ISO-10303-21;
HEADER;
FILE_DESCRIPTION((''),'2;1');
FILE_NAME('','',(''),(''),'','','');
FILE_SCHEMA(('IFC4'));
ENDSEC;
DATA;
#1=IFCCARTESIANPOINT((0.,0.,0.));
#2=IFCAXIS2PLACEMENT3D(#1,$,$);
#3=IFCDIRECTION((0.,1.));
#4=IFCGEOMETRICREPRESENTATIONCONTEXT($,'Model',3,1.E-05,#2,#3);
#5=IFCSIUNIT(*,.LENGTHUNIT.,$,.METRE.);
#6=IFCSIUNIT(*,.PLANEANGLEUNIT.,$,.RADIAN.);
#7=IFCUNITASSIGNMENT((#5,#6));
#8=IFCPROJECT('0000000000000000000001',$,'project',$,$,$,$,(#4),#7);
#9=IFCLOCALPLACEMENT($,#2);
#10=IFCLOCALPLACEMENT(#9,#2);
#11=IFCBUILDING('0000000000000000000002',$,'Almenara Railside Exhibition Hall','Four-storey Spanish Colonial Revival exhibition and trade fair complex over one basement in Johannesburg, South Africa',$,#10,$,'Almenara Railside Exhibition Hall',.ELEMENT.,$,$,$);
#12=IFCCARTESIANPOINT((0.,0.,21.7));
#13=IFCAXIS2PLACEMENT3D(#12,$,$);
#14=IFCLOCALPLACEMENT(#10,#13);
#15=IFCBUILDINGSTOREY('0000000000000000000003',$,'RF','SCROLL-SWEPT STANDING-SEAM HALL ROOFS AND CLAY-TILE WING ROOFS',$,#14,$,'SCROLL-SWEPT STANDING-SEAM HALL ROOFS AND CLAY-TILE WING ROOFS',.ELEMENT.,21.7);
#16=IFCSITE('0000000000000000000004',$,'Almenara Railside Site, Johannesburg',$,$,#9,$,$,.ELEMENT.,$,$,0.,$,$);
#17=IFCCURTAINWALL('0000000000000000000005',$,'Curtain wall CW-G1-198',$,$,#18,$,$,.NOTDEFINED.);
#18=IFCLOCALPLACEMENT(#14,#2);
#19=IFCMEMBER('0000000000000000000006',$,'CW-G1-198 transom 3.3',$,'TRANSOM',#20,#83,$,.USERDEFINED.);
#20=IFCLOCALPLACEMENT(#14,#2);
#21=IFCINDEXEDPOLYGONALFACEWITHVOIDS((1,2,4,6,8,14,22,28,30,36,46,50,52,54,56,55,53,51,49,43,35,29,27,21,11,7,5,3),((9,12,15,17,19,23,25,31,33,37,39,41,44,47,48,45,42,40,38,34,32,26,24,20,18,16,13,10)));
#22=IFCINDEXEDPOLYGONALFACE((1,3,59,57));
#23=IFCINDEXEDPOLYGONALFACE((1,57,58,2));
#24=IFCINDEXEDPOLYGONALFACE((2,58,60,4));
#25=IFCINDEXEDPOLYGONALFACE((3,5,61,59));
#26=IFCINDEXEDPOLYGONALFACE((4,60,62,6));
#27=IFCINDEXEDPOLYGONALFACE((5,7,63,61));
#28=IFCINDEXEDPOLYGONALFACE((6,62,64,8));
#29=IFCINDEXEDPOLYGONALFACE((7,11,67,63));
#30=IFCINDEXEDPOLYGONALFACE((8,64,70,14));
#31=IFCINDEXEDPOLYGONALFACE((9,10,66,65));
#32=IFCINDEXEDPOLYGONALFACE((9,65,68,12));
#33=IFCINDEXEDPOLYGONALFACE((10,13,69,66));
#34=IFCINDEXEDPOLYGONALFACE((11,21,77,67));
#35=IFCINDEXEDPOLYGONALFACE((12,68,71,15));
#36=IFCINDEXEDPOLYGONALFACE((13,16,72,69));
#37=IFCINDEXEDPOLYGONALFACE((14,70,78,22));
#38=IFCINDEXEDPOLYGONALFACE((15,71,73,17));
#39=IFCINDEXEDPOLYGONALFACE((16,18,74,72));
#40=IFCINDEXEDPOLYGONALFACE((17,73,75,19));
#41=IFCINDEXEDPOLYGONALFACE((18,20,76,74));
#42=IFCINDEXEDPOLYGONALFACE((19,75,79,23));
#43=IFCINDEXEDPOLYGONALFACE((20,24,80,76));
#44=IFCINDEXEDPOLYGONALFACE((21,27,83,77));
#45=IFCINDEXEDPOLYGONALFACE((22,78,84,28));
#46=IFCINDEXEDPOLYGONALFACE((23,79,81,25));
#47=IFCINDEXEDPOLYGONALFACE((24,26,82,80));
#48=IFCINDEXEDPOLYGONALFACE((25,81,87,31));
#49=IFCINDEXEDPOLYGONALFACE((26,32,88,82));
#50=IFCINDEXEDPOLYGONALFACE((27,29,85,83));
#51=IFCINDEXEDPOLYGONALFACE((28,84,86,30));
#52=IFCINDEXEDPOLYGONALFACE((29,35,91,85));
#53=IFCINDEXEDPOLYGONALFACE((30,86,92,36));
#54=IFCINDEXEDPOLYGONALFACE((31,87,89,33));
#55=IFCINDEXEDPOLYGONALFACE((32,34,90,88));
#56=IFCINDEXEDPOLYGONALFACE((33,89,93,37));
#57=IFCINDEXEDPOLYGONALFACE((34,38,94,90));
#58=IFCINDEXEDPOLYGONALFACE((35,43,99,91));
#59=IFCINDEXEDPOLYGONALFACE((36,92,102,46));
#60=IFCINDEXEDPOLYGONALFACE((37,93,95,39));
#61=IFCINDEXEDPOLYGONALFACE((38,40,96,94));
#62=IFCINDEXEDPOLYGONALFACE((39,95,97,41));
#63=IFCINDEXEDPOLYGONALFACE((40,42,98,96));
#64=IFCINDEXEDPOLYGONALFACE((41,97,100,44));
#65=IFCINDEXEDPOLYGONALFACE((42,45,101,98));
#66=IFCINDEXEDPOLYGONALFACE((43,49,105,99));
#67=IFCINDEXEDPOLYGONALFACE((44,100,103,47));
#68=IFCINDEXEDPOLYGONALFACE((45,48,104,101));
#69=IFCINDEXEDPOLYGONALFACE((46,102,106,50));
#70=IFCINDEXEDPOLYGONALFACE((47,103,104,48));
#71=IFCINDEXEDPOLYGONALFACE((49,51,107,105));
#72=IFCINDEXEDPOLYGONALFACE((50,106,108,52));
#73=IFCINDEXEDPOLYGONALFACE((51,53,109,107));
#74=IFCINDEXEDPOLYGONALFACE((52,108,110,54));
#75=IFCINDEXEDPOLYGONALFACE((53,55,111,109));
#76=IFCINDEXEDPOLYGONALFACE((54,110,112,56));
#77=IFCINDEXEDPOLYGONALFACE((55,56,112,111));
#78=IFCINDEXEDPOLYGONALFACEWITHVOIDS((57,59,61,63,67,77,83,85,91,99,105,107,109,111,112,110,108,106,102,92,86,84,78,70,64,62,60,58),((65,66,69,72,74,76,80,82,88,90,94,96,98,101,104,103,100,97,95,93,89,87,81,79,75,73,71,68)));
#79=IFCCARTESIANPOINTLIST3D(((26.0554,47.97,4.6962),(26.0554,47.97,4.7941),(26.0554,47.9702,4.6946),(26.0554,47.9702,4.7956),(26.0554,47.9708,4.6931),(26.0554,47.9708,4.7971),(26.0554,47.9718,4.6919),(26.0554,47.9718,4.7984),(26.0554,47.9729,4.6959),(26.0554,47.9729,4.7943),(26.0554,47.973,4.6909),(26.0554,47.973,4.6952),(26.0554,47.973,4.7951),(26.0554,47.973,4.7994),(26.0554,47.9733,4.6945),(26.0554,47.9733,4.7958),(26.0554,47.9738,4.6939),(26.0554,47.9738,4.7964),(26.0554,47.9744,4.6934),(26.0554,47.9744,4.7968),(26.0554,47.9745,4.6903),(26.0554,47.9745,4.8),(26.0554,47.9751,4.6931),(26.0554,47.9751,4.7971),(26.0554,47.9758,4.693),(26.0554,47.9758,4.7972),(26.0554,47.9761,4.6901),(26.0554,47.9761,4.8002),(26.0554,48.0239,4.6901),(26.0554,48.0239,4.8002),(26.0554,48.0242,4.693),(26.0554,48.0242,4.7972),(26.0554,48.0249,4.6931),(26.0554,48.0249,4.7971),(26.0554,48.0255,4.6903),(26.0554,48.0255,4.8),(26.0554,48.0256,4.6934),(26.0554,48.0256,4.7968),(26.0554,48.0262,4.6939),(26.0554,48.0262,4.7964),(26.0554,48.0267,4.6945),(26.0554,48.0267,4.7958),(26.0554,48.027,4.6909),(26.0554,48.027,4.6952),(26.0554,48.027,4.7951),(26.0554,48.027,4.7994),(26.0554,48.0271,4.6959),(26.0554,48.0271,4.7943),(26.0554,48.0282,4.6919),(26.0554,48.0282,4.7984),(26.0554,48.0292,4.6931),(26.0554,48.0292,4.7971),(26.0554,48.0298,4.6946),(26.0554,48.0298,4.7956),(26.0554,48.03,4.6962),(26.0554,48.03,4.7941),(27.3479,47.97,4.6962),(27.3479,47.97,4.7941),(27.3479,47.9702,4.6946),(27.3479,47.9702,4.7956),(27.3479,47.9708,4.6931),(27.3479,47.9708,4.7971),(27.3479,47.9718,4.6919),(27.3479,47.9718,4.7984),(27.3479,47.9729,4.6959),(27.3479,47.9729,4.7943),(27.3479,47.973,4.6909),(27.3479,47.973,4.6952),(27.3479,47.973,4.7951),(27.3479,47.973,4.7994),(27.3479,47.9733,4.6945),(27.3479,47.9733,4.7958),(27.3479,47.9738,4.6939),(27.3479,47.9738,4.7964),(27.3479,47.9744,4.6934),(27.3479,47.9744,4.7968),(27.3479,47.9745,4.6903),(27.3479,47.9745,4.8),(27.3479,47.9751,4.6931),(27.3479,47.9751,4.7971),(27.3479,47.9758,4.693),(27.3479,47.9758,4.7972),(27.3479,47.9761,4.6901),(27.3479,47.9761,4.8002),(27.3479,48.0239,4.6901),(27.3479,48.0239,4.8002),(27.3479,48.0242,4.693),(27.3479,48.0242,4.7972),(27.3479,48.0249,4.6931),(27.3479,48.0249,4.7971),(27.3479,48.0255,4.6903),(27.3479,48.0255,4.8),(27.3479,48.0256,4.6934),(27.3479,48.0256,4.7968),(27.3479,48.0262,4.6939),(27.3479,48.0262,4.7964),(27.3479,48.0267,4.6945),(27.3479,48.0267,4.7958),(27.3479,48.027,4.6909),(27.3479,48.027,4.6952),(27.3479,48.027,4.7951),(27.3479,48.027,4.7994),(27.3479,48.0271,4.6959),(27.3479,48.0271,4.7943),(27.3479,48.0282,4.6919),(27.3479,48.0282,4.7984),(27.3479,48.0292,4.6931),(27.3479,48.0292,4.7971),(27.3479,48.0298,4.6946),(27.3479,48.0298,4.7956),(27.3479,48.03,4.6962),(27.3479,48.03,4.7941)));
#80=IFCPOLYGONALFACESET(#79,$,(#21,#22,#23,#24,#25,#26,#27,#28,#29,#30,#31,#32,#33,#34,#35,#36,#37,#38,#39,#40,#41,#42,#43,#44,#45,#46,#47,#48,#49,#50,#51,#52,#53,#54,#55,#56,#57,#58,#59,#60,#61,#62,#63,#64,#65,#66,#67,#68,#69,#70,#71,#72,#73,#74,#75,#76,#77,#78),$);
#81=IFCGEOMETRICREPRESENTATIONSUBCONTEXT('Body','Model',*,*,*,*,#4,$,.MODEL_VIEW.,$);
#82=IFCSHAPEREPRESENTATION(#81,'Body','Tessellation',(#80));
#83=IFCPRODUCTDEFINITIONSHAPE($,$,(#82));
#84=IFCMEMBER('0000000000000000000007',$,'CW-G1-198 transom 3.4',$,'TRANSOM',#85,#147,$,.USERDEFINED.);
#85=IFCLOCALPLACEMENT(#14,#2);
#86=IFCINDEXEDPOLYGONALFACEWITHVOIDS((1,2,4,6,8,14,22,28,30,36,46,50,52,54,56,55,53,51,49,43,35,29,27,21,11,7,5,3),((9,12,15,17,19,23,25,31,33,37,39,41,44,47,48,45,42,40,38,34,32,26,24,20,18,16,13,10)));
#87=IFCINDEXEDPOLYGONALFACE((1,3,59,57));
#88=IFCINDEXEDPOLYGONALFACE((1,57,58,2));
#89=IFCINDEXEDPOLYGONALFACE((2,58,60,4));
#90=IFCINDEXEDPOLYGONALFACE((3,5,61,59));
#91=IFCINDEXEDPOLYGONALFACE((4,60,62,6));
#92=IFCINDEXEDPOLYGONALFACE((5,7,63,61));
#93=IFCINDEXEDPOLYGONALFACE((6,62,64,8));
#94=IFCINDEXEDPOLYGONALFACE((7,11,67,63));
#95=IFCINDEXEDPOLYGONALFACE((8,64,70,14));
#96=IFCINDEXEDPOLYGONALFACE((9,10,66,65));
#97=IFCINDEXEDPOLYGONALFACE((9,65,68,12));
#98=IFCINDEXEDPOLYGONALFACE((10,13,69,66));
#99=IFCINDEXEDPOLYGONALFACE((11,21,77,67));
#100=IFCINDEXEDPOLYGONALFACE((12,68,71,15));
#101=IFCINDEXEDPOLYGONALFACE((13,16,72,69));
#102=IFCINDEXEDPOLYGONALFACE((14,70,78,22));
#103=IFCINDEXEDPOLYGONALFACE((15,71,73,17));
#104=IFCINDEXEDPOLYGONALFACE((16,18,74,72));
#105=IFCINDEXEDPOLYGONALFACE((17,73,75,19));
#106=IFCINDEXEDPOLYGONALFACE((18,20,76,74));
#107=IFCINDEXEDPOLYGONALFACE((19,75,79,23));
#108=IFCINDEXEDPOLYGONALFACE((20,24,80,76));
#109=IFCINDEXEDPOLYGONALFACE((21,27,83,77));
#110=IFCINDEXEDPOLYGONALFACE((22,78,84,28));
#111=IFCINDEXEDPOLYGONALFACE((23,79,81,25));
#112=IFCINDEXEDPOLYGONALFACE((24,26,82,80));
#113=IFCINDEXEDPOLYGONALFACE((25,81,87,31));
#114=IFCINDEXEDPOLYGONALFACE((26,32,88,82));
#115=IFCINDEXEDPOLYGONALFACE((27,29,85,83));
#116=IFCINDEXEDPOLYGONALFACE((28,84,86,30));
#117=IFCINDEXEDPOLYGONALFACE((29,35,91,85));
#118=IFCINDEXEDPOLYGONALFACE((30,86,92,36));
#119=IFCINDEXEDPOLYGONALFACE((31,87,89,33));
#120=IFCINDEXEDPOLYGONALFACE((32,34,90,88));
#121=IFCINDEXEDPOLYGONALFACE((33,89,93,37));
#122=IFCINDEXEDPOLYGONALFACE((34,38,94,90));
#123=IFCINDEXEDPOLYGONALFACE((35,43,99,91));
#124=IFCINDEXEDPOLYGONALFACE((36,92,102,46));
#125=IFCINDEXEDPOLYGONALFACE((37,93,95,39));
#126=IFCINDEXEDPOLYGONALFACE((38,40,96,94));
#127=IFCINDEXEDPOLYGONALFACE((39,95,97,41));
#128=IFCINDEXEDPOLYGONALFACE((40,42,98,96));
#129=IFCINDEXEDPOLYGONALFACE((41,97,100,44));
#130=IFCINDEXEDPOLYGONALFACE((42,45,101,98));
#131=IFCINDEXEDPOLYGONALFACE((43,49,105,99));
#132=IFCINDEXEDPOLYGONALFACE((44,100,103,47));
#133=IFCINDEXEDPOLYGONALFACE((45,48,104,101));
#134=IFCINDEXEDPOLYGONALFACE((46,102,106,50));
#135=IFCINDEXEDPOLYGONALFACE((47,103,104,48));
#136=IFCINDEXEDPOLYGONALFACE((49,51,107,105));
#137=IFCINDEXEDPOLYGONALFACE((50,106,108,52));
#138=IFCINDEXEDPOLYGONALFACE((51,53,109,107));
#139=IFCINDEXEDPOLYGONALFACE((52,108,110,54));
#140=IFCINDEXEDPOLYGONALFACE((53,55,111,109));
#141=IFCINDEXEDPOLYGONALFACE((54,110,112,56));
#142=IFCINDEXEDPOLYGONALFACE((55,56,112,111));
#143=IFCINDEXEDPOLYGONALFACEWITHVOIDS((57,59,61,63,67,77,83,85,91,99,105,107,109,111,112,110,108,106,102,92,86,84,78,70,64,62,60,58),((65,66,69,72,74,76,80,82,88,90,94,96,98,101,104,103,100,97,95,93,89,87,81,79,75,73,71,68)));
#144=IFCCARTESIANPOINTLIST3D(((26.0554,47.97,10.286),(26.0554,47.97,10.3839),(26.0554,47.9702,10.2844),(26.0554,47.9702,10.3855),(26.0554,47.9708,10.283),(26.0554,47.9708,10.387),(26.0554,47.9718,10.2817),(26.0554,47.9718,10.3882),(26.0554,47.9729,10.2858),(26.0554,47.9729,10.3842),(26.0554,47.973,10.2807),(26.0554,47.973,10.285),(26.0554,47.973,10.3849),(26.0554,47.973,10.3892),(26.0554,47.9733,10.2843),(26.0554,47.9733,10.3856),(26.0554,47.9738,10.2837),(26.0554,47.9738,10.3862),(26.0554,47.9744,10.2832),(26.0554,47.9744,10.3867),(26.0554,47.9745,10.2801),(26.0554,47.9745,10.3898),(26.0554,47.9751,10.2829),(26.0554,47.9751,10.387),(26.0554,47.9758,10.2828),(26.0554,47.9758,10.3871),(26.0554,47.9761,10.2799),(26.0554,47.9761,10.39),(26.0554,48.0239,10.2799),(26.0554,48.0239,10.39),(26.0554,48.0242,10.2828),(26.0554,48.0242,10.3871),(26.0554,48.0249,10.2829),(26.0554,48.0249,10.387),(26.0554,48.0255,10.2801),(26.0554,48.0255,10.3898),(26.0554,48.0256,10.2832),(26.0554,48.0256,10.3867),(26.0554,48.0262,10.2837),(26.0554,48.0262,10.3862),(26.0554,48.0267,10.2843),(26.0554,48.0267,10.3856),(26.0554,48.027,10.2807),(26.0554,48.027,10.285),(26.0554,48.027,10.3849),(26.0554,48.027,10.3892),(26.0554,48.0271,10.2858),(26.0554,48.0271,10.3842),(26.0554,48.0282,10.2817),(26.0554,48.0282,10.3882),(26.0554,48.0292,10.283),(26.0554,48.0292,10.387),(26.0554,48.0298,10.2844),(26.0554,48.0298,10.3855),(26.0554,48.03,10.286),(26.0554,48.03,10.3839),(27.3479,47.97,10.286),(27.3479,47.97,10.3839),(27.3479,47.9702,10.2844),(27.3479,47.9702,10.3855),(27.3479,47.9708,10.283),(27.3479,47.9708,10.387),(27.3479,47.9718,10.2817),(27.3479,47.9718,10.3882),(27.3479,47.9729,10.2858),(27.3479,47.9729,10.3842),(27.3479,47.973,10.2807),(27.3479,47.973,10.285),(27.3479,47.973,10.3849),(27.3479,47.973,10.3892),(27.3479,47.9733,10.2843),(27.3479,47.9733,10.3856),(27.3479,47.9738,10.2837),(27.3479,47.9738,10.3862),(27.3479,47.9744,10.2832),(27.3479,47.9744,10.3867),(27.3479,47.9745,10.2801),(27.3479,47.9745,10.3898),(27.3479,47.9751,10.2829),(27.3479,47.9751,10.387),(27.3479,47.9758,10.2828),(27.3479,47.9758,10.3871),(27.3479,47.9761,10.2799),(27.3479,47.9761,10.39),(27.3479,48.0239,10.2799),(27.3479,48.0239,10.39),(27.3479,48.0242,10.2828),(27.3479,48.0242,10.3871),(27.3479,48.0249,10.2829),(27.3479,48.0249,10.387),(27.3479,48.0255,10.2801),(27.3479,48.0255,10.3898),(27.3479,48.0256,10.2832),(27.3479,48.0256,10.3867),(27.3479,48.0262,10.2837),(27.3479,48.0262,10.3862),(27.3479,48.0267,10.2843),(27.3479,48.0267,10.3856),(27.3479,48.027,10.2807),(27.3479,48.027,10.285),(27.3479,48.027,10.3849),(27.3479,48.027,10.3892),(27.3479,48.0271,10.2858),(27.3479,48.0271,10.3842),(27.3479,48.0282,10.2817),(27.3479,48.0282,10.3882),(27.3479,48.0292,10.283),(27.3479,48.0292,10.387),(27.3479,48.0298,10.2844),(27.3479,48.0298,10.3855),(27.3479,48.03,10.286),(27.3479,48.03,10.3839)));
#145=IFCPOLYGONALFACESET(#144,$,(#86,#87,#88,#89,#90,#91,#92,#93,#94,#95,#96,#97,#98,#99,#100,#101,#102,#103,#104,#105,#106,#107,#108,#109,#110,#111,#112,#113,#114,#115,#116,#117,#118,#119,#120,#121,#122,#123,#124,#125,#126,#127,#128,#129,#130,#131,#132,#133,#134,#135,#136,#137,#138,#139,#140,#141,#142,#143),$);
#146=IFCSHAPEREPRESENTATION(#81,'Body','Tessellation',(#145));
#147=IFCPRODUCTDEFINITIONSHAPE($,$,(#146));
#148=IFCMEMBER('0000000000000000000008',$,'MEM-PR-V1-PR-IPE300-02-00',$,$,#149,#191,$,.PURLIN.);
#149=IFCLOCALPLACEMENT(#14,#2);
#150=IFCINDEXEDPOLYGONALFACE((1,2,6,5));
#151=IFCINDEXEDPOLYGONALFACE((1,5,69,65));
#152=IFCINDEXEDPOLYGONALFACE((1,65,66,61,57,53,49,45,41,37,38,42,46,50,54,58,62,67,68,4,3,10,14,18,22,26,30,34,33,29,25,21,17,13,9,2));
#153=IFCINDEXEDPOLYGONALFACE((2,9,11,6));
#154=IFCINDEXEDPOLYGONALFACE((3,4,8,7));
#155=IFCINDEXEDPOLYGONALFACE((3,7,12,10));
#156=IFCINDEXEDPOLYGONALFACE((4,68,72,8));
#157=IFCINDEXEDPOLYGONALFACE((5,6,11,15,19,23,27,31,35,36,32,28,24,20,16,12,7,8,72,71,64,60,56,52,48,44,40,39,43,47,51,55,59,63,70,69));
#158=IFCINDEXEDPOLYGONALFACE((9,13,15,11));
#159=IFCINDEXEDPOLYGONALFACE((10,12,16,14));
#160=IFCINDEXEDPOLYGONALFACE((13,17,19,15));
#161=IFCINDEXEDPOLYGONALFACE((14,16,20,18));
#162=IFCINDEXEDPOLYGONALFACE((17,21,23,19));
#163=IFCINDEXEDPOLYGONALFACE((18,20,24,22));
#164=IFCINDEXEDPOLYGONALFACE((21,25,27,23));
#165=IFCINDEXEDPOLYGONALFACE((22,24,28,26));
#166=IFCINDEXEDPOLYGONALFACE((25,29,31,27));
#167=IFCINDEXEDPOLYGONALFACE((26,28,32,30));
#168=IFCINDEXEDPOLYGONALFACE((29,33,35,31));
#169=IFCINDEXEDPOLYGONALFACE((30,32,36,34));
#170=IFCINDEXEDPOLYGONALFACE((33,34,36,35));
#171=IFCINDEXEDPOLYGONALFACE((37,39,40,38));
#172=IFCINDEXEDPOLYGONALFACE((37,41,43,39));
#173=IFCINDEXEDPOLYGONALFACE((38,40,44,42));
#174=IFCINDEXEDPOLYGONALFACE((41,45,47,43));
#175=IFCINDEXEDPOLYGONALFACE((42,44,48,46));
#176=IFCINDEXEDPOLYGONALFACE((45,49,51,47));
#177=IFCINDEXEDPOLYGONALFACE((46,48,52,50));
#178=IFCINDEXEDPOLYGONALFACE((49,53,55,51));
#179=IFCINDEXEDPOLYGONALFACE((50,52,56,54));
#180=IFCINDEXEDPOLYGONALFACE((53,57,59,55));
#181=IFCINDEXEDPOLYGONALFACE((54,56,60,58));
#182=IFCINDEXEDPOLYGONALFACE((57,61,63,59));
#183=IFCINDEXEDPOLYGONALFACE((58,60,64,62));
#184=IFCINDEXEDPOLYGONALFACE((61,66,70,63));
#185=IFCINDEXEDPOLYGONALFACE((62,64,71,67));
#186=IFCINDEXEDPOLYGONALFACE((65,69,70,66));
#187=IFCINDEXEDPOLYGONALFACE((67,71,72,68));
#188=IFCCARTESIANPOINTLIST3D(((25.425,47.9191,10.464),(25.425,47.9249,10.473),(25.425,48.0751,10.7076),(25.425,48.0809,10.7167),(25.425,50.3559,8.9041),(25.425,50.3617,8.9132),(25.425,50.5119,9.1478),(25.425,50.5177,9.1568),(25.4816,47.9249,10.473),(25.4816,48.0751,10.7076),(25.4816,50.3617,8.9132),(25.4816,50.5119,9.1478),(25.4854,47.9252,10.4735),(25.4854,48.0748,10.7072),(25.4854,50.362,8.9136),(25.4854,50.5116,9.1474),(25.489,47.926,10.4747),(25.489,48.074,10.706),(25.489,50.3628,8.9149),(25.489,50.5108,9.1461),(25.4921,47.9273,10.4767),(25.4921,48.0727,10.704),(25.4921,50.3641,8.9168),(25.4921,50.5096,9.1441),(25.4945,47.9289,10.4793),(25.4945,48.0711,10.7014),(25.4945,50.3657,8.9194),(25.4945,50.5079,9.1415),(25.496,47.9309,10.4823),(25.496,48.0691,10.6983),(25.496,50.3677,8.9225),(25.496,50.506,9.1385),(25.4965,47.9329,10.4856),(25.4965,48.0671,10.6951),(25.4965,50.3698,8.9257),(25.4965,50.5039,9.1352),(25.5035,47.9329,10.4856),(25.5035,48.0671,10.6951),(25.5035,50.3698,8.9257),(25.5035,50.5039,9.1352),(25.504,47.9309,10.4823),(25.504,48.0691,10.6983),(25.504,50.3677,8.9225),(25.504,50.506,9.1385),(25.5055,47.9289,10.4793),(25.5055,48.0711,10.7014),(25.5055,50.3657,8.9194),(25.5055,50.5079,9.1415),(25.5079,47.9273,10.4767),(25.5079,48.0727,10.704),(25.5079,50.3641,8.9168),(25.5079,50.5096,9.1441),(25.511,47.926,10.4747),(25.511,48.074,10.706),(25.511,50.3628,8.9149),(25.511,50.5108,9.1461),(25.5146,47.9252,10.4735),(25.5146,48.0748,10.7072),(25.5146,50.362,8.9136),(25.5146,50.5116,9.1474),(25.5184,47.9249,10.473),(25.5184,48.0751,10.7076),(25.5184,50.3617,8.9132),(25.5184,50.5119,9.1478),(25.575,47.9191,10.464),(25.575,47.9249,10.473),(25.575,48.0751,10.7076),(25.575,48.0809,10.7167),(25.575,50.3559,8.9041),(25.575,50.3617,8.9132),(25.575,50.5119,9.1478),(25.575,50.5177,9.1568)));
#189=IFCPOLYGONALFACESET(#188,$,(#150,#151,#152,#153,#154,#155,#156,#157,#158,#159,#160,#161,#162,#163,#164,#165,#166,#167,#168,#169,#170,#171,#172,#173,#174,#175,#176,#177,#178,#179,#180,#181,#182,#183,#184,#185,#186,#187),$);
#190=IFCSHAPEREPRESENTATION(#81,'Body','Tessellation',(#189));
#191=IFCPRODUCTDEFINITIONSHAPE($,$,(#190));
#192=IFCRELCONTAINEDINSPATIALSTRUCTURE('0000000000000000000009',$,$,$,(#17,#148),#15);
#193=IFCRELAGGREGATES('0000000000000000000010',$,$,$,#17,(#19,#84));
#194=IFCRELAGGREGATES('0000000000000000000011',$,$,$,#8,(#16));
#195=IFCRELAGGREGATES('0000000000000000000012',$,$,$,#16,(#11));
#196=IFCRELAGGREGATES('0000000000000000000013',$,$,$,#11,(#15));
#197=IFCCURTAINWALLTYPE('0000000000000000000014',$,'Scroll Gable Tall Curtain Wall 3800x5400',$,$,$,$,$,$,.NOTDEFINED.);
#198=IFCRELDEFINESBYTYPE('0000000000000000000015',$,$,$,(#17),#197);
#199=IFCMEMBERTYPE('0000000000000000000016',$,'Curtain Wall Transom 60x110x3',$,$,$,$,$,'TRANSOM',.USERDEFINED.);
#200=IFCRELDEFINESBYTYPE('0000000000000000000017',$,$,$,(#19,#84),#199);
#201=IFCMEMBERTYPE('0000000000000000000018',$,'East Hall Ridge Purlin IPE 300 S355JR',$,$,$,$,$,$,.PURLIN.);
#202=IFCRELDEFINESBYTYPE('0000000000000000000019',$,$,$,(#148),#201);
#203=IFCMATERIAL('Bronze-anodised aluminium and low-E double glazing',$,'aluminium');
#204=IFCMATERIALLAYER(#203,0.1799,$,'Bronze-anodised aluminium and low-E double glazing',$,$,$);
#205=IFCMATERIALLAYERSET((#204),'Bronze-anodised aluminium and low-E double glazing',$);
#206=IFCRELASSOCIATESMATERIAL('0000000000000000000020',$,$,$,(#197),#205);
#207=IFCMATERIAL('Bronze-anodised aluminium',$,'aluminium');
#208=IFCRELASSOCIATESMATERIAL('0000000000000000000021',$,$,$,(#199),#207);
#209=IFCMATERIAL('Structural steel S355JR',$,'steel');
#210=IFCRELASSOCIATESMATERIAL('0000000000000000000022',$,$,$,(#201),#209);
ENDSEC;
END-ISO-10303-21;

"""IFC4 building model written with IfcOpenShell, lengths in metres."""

from ifc_helpers import new_model, si_unit, direction, frame, origin, origin_2d, place, context, subcontext, project, spatial, hollow_rectangle, i_section, extrude, material, layer, layer_set, material_profile, profile_set, type_object, element, aggregate, save


model = new_model("IFC4")

# Units and contexts
model_context = context("Model", 3, precision=1e-05, world=origin(), true_north=direction((0.0, 1.0)))
body_context = subcontext(model_context, "Body", "Model", "MODEL_VIEW")
ifc_project = project(units=[si_unit("LENGTHUNIT", "METRE"), si_unit("PLANEANGLEUNIT", "RADIAN")], contexts=[model_context])

# Site, building, storey
site_placement = place(None, origin())
site = spatial("IfcSite", under=ifc_project, at=site_placement, Name="Almenara Railside Site, Johannesburg", CompositionType="ELEMENT", RefElevation=0.0)
building_placement = place(site_placement, origin())
building = spatial("IfcBuilding", under=site, at=building_placement, Name="Almenara Railside Exhibition Hall", Description="Four-storey Spanish Colonial Revival exhibition and trade fair complex over one basement in Johannesburg, South Africa", LongName="Almenara Railside Exhibition Hall", CompositionType="ELEMENT")
storey_placement = place(building_placement, frame((0.0, 0.0, 21.7)))
storey = spatial("IfcBuildingStorey", under=building, at=storey_placement, Name="RF", Description="SCROLL-SWEPT STANDING-SEAM HALL ROOFS AND CLAY-TILE WING ROOFS", LongName="SCROLL-SWEPT STANDING-SEAM HALL ROOFS AND CLAY-TILE WING ROOFS", CompositionType="ELEMENT", Elevation=21.7)

# Curtain wall
ifc_material_1 = material(Name="Bronze-anodised aluminium and low-E double glazing", Category="aluminium")
ifc_layer_1 = layer(ifc_material_1, 0.1799, Name="Bronze-anodised aluminium and low-E double glazing")
ifc_layer_set_1 = layer_set([ifc_layer_1], Name="Bronze-anodised aluminium and low-E double glazing")
curtain_wall_type = type_object("IfcCurtainWallType", Name="Scroll Gable Tall Curtain Wall 3800x5400", PredefinedType="NOTDEFINED", material=ifc_layer_set_1)
ifc_material_2 = material(Name="Bronze-anodised aluminium", Category="aluminium")
curtain_wall_1_placement = place(storey_placement, origin())
curtain_wall_1 = element("IfcCurtainWall", 1, at=curtain_wall_1_placement, inside=storey, type_object=curtain_wall_type, Name="Curtain wall CW-G1-198", PredefinedType="NOTDEFINED")

# Members
ifc_material_profile_1 = material_profile(ifc_material_2, hollow_rectangle(XDim=0.0601, YDim=0.1101, WallThickness=0.0029, InnerFilletRadius=0.0029, OuterFilletRadius=0.0061, at=origin_2d()), Name="ALU-TRN 60x110x3")
ifc_profile_set_1 = profile_set([ifc_material_profile_1], Name="Bronze-anodised aluminium")
member_type_1 = type_object("IfcMemberType", Name="Curtain Wall Transom 60x110x3", ElementType="TRANSOM", PredefinedType="USERDEFINED", material=ifc_profile_set_1)
member_1_placement = place(storey_placement, frame((26.0554, 48.0, 4.7451), z_axis=(1.0, 0.0, 0.0), x_axis=(0.0, 1.0, 0.0)))
member_1 = element("IfcMember", 2, at=member_1_placement, type_object=member_type_1, Name="CW-G1-198 transom 3.3", ObjectType="TRANSOM", PredefinedType="USERDEFINED", context=body_context, shape_type="SweptSolid", body=[
    extrude(hollow_rectangle(XDim=0.0601, YDim=0.1101, WallThickness=0.0029, InnerFilletRadius=0.0029, OuterFilletRadius=0.0061, at=origin_2d()), origin(), (0.0, 0.0, 1.0), 1.2925),
])
member_2_placement = place(storey_placement, frame((26.0554, 48.0, 10.335), z_axis=(1.0, 0.0, 0.0), x_axis=(0.0, 1.0, 0.0)))
member_2 = element("IfcMember", 3, at=member_2_placement, type_object=member_type_1, Name="CW-G1-198 transom 3.4", ObjectType="TRANSOM", PredefinedType="USERDEFINED", context=body_context, shape_type="SweptSolid", body=[
    extrude(hollow_rectangle(XDim=0.0601, YDim=0.1101, WallThickness=0.0029, InnerFilletRadius=0.0029, OuterFilletRadius=0.0061, at=origin_2d()), origin(), (0.0, 0.0, 1.0), 1.2925),
])

# Member
ifc_material_3 = material(Name="Structural steel S355JR", Category="steel")
ifc_material_profile_2 = material_profile(ifc_material_3, i_section(OverallWidth=0.1499, OverallDepth=0.3, WebThickness=0.0071, FlangeThickness=0.0107, FilletRadius=0.0149, at=origin_2d()), Name="IPE 300")
ifc_profile_set_2 = profile_set([ifc_material_profile_2], Name="Structural steel S355JR")
member_type_2 = type_object("IfcMemberType", Name="East Hall Ridge Purlin IPE 300 S355JR", PredefinedType="PURLIN", material=ifc_profile_set_2)
member_3_placement = place(storey_placement, frame((25.5, 48.0, 10.5903), z_axis=(0.0, 0.842227, -0.539123), x_axis=(-1.0, 0.0, 0.0)))
element("IfcMember", 4, at=member_3_placement, inside=storey, type_object=member_type_2, Name="MEM-PR-V1-PR-IPE300-02-00", PredefinedType="PURLIN", context=body_context, shape_type="SweptSolid", body=[
    extrude(i_section(OverallWidth=0.1499, OverallDepth=0.3, WebThickness=0.0071, FlangeThickness=0.0107, FilletRadius=0.0149, at=origin_2d()), origin(), (0.0, 0.0, 1.0), 2.8933),
])

aggregate(curtain_wall_1, [member_1, member_2])

save(model, "model.ifc")
